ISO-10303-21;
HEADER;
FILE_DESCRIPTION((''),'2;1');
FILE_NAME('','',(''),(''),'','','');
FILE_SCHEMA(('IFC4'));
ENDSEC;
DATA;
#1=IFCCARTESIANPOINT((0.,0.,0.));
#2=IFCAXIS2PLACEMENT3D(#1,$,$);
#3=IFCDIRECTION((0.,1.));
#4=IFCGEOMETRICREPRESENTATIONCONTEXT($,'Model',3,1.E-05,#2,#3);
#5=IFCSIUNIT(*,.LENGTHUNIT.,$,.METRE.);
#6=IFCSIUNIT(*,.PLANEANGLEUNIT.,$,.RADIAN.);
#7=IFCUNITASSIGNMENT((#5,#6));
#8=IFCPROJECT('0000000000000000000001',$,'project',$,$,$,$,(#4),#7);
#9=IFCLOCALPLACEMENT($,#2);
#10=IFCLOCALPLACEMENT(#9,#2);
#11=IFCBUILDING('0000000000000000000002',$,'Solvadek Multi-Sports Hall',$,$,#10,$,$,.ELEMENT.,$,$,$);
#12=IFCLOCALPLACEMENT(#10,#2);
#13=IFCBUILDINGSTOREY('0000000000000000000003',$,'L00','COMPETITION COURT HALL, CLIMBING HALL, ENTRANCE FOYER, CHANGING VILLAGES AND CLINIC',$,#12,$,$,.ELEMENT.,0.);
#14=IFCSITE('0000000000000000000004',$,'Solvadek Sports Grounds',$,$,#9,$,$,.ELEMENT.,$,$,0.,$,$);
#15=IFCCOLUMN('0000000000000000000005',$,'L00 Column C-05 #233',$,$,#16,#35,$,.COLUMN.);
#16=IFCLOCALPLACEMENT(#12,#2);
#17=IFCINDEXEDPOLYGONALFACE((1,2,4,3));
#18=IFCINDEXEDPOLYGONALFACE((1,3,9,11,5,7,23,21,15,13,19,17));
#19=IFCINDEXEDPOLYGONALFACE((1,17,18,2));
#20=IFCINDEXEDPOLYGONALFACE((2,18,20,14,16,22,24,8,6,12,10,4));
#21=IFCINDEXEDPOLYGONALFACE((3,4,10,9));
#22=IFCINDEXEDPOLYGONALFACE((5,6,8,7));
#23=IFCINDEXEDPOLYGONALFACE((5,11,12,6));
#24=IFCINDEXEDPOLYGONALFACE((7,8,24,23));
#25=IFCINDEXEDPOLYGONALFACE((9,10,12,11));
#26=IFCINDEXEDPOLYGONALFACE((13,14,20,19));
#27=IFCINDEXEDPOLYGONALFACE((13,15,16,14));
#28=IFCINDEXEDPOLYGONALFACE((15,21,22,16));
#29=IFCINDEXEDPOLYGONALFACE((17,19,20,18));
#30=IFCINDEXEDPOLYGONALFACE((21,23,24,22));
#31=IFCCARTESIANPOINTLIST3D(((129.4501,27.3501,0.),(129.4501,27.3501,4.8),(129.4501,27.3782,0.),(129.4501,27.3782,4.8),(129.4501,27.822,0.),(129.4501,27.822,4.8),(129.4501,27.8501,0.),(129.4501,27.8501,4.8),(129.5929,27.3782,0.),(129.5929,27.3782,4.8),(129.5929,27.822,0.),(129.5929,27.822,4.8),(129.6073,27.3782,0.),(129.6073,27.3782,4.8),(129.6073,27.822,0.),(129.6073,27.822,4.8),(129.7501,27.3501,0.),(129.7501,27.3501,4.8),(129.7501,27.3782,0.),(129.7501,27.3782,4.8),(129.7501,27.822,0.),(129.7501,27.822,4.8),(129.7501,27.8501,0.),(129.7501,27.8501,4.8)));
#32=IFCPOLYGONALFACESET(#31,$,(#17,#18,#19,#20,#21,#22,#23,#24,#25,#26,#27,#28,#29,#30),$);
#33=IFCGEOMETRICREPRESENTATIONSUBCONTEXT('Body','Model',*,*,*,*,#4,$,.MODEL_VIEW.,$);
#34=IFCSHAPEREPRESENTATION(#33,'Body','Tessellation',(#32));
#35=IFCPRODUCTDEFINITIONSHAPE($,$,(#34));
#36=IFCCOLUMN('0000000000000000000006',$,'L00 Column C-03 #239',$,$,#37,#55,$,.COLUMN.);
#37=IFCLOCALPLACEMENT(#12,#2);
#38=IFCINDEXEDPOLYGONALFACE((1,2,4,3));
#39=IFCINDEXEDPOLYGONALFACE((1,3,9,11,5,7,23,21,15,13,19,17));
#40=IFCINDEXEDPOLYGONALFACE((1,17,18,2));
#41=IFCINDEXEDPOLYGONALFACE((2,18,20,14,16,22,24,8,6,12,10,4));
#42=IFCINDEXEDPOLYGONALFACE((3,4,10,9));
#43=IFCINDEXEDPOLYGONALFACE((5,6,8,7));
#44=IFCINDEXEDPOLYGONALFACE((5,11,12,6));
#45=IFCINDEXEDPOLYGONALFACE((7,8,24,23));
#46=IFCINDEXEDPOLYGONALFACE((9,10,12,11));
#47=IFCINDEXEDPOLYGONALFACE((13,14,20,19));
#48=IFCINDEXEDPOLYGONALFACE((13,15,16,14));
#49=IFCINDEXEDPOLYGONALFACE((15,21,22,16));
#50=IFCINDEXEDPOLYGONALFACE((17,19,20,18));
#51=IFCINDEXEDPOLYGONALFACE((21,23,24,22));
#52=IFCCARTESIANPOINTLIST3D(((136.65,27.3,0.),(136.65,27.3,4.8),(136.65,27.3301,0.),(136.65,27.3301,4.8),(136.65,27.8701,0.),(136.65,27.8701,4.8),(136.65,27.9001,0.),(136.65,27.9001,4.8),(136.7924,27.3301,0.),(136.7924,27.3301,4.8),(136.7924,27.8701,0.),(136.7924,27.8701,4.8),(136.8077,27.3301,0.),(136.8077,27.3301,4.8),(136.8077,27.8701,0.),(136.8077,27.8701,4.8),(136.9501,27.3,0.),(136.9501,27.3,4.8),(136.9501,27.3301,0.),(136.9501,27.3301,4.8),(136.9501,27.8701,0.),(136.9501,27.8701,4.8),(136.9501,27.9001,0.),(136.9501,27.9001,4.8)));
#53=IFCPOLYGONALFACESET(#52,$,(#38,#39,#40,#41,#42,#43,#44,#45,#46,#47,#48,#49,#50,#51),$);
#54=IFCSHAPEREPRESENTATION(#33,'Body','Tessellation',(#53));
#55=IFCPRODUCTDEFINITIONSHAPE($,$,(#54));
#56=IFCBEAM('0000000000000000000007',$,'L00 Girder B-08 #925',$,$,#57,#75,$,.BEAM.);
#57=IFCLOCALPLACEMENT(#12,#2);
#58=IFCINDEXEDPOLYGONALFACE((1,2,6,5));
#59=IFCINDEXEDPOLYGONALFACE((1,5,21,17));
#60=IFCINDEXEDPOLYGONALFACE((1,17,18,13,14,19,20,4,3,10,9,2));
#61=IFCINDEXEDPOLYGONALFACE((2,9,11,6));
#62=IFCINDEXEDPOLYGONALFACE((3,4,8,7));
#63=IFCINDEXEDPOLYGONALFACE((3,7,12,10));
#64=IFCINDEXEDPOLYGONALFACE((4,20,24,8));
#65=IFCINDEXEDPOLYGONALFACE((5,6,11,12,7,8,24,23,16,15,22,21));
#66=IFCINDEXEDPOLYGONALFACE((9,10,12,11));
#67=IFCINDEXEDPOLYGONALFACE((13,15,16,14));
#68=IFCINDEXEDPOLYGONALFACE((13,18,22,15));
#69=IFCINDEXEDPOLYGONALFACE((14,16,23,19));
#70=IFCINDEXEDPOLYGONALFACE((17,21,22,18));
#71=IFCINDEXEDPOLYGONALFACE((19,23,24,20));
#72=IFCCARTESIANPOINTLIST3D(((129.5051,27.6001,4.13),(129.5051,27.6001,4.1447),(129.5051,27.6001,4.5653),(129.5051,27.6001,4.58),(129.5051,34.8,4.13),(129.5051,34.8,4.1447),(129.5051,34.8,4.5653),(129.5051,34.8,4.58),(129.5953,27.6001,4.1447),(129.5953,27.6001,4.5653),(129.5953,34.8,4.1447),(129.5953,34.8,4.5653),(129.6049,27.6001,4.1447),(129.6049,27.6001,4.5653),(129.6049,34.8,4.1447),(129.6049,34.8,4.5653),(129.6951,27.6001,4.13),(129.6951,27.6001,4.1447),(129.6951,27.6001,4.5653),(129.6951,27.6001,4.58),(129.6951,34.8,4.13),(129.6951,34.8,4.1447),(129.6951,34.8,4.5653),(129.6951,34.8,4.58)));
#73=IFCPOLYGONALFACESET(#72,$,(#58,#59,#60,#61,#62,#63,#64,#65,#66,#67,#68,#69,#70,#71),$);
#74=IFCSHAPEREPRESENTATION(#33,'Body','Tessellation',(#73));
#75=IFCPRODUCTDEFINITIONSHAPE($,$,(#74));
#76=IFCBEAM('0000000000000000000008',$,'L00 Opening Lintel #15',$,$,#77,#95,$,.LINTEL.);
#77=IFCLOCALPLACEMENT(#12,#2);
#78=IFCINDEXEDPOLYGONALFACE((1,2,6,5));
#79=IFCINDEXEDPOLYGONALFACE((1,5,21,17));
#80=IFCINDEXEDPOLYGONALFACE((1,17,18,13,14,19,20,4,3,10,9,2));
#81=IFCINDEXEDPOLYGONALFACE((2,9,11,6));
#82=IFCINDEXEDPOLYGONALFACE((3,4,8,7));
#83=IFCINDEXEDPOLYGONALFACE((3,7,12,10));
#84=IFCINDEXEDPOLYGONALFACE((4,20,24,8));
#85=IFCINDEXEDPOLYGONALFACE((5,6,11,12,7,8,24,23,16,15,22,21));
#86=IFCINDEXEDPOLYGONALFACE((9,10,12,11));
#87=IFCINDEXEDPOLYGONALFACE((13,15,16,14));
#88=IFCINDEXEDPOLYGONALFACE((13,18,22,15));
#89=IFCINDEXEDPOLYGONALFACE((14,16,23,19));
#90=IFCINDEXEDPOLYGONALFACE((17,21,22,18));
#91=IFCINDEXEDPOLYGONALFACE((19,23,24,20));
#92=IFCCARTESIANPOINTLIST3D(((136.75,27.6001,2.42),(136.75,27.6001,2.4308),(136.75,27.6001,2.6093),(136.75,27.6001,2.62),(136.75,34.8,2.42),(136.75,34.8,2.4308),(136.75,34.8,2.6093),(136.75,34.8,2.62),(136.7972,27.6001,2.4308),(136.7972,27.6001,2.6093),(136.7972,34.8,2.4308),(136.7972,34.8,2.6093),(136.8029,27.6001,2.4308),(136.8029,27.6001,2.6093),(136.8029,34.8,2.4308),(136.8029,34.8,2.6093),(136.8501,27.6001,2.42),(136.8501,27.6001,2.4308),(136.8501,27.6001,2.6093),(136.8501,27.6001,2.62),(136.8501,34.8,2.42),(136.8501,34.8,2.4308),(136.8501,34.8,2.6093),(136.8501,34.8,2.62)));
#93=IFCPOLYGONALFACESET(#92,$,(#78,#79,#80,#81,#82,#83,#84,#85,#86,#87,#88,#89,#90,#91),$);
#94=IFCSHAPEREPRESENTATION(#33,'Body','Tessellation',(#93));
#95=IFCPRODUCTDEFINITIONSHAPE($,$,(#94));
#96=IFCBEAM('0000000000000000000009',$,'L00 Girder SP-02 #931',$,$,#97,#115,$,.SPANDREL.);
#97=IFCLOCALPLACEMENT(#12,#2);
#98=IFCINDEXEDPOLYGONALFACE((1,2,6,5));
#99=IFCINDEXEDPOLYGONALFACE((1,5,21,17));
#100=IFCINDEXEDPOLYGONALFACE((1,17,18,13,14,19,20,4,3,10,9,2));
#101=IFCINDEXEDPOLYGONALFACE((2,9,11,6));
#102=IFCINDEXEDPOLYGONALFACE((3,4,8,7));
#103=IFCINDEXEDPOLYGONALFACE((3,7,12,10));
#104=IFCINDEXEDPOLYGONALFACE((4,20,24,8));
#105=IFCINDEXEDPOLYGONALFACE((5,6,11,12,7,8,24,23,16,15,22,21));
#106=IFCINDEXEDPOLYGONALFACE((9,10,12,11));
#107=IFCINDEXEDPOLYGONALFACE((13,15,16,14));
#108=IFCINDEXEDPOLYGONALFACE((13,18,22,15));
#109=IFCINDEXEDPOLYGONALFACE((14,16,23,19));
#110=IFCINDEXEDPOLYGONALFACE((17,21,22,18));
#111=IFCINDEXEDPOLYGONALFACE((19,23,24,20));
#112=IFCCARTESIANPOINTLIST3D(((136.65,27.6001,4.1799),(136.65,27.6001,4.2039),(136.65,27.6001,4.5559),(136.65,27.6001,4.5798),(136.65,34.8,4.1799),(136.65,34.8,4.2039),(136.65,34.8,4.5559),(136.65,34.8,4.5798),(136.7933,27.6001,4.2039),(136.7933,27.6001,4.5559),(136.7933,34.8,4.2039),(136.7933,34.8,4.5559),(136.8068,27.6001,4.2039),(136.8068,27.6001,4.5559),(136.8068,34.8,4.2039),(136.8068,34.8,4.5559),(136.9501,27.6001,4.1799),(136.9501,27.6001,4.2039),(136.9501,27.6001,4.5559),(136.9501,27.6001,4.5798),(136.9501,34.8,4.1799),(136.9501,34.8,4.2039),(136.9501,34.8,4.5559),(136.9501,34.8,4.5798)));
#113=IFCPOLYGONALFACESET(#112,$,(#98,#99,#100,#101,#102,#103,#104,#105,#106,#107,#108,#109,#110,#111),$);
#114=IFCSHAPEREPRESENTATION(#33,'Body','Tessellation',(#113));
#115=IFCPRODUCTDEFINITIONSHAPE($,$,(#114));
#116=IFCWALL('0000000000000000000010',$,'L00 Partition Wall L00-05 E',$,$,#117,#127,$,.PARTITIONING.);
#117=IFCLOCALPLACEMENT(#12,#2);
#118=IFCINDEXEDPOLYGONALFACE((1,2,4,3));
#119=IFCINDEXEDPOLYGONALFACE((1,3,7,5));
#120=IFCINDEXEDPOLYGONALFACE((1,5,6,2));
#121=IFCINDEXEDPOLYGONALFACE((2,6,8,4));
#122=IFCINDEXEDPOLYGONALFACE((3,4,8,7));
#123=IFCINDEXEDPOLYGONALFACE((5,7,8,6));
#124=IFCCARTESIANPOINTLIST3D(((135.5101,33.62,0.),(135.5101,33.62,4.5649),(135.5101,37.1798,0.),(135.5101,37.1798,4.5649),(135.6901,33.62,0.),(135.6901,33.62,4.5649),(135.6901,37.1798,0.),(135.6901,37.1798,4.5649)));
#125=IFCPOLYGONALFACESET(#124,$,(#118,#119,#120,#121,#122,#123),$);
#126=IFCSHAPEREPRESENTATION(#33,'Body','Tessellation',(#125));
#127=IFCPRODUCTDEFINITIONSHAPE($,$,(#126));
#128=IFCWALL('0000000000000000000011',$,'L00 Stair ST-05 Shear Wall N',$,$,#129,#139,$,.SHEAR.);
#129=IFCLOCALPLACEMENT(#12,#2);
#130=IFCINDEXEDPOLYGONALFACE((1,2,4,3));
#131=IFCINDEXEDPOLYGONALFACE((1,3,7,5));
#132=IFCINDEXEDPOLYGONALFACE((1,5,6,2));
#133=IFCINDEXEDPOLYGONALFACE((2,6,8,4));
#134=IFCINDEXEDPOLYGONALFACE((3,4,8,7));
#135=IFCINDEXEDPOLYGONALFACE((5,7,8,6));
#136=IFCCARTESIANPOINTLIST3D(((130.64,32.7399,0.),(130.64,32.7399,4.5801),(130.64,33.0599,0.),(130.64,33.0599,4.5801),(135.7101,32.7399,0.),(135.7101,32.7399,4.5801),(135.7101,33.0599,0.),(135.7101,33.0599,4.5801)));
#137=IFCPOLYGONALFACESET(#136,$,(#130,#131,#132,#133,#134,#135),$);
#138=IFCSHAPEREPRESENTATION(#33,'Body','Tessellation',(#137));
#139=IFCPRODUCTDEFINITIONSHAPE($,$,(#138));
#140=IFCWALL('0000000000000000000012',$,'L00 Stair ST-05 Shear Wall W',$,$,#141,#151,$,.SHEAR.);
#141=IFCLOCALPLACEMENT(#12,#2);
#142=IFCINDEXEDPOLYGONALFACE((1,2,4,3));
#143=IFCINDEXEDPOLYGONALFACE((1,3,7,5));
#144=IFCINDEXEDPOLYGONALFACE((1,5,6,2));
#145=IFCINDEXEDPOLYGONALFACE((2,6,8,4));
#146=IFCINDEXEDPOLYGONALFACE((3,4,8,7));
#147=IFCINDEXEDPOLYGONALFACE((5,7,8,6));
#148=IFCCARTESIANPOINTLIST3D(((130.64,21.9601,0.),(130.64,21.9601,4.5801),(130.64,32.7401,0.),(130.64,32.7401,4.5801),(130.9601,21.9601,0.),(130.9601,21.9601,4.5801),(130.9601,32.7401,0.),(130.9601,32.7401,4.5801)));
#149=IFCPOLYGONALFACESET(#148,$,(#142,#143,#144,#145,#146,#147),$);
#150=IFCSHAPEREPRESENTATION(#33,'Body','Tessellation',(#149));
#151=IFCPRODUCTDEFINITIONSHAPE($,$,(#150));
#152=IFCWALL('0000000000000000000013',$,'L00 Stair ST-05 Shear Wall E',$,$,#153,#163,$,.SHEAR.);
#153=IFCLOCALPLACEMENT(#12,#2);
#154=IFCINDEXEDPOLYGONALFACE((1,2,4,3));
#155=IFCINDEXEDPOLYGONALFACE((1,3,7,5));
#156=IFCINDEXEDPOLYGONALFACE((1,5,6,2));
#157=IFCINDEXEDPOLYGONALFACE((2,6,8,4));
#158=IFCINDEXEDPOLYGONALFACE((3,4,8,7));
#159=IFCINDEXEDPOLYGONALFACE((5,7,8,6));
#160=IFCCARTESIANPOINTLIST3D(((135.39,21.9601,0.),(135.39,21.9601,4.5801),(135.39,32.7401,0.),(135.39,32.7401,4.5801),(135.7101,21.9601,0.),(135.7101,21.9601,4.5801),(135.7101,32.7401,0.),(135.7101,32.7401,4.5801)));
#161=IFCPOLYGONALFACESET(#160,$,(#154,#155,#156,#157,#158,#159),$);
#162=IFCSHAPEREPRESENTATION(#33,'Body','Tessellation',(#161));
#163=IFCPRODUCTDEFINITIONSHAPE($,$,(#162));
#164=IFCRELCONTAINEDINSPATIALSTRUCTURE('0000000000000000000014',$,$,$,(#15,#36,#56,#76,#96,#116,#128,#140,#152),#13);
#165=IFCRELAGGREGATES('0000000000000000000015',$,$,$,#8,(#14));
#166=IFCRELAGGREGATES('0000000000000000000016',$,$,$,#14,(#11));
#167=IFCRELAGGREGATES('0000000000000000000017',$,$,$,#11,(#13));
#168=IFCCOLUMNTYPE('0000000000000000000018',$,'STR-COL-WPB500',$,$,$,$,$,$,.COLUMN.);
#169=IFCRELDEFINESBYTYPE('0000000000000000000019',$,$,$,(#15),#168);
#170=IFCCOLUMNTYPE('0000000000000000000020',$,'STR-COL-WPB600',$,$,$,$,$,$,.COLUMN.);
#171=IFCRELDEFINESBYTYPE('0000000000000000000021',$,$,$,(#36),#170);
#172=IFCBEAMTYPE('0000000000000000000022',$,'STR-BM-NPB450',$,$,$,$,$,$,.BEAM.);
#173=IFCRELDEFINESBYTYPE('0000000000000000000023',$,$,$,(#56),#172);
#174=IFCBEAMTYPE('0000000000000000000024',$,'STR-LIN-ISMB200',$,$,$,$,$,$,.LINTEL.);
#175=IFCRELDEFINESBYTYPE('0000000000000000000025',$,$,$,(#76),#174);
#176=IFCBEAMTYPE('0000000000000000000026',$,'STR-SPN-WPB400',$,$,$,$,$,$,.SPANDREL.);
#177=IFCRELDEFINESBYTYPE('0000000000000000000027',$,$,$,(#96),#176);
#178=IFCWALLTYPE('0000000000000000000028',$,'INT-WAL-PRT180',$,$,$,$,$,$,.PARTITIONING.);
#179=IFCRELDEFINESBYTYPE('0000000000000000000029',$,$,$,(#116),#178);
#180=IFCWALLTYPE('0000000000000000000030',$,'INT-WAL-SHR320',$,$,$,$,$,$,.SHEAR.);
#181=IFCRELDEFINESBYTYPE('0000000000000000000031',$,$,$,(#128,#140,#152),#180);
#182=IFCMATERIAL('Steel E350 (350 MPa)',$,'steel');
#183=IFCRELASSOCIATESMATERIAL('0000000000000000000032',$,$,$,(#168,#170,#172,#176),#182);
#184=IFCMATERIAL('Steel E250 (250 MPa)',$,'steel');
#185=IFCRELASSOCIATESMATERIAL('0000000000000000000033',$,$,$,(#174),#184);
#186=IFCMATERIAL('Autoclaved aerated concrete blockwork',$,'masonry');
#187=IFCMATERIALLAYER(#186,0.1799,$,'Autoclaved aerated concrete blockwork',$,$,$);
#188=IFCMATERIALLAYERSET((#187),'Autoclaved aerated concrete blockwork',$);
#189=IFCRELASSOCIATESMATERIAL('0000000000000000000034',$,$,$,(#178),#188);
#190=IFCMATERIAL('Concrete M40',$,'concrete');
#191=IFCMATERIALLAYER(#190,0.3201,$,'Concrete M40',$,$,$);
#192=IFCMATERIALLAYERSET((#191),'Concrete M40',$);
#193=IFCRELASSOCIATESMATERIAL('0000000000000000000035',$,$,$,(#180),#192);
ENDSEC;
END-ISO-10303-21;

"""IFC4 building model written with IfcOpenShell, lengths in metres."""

from ifc_helpers import new_model, si_unit, direction, frame, frame_2d, origin, origin_2d, place, context, subcontext, project, spatial, rectangle, i_section, extrude, material, layer, layer_set, material_profile, profile_set, type_object, element, save


model = new_model("IFC4")

# Units and contexts
model_context = context("Model", 3, precision=1e-05, world=origin(), true_north=direction((0.0, 1.0)))
body_context = subcontext(model_context, "Body", "Model", "MODEL_VIEW")
ifc_project = project(units=[si_unit("LENGTHUNIT", "METRE"), si_unit("PLANEANGLEUNIT", "RADIAN")], contexts=[model_context])

# Site, building, storey
site_placement = place(None, origin())
site = spatial("IfcSite", under=ifc_project, at=site_placement, Name="Solvadek Sports Grounds", CompositionType="ELEMENT", RefElevation=0.0)
building_placement = place(site_placement, origin())
building = spatial("IfcBuilding", under=site, at=building_placement, Name="Solvadek Multi-Sports Hall", CompositionType="ELEMENT")
storey_placement = place(building_placement, origin())
storey = spatial("IfcBuildingStorey", under=building, at=storey_placement, Name="L00", Description="COMPETITION COURT HALL, CLIMBING HALL, ENTRANCE FOYER, CHANGING VILLAGES AND CLINIC", CompositionType="ELEMENT", Elevation=0.0)

# Columns
ifc_material_1 = material(Name="Steel E350 (350 MPa)", Category="steel")
ifc_material_profile_1 = material_profile(ifc_material_1, i_section(OverallWidth=0.3, OverallDepth=0.5, WebThickness=0.0144, FlangeThickness=0.0281, at=origin_2d()), Name="WPB 500")
ifc_profile_set_1 = profile_set([ifc_material_profile_1], Name="Steel E350 (350 MPa)")
column_type_1 = type_object("IfcColumnType", Name="STR-COL-WPB500", PredefinedType="COLUMN", material=ifc_profile_set_1)
column_1_placement = place(storey_placement, frame((129.6001, 27.6001, 0.0), z_axis=(0.0, 0.0, 1.0), x_axis=(1.0, 0.0, 0.0)))
element("IfcColumn", 1, at=column_1_placement, inside=storey, type_object=column_type_1, Name="L00 Column C-05 #233", PredefinedType="COLUMN", context=body_context, shape_type="SweptSolid", body=[
    extrude(i_section(OverallWidth=0.3, OverallDepth=0.5, WebThickness=0.0144, FlangeThickness=0.0281, at=origin_2d()), origin(), (0.0, 0.0, 1.0), 4.8),
])
ifc_material_profile_2 = material_profile(ifc_material_1, i_section(OverallWidth=0.3, OverallDepth=0.6001, WebThickness=0.0154, FlangeThickness=0.03, at=origin_2d()), Name="WPB 600")
ifc_profile_set_2 = profile_set([ifc_material_profile_2], Name="Steel E350 (350 MPa)")
column_type_2 = type_object("IfcColumnType", Name="STR-COL-WPB600", PredefinedType="COLUMN", material=ifc_profile_set_2)
column_2_placement = place(storey_placement, frame((136.8, 27.6001, 0.0), z_axis=(0.0, 0.0, 1.0), x_axis=(1.0, 0.0, 0.0)))
element("IfcColumn", 2, at=column_2_placement, inside=storey, type_object=column_type_2, Name="L00 Column C-03 #239", PredefinedType="COLUMN", context=body_context, shape_type="SweptSolid", body=[
    extrude(i_section(OverallWidth=0.3, OverallDepth=0.6001, WebThickness=0.0154, FlangeThickness=0.03, at=origin_2d()), origin(), (0.0, 0.0, 1.0), 4.8),
])

# Beams
ifc_material_profile_3 = material_profile(ifc_material_1, i_section(OverallWidth=0.1899, OverallDepth=0.45, WebThickness=0.0095, FlangeThickness=0.0146, at=origin_2d()), Name="NPB 450")
ifc_profile_set_3 = profile_set([ifc_material_profile_3], Name="Steel E350 (350 MPa)")
beam_type_1 = type_object("IfcBeamType", Name="STR-BM-NPB450", PredefinedType="BEAM", material=ifc_profile_set_3)
beam_1_placement = place(storey_placement, frame((129.6001, 27.6001, 4.355), z_axis=(0.0, 1.0, 0.0), x_axis=(-1.0, 0.0, 0.0)))
element("IfcBeam", 3, at=beam_1_placement, inside=storey, type_object=beam_type_1, Name="L00 Girder B-08 #925", PredefinedType="BEAM", context=body_context, shape_type="SweptSolid", body=[
    extrude(i_section(OverallWidth=0.1899, OverallDepth=0.45, WebThickness=0.0095, FlangeThickness=0.0146, at=origin_2d()), origin(), (0.0, 0.0, 1.0), 7.2),
])
ifc_material_2 = material(Name="Steel E250 (250 MPa)", Category="steel")
ifc_material_profile_4 = material_profile(ifc_material_2, i_section(OverallWidth=0.1001, OverallDepth=0.2, WebThickness=0.0056, FlangeThickness=0.0107, at=origin_2d()), Name="ISMB 200")
ifc_profile_set_4 = profile_set([ifc_material_profile_4], Name="Steel E250 (250 MPa)")
beam_type_2 = type_object("IfcBeamType", Name="STR-LIN-ISMB200", PredefinedType="LINTEL", material=ifc_profile_set_4)
beam_2_placement = place(storey_placement, frame((136.8, 27.6001, 2.52), z_axis=(0.0, 1.0, 0.0), x_axis=(-1.0, 0.0, 0.0)))
element("IfcBeam", 4, at=beam_2_placement, inside=storey, type_object=beam_type_2, Name="L00 Opening Lintel #15", PredefinedType="LINTEL", context=body_context, shape_type="SweptSolid", body=[
    extrude(i_section(OverallWidth=0.1001, OverallDepth=0.2, WebThickness=0.0056, FlangeThickness=0.0107, at=origin_2d()), origin(), (0.0, 0.0, 1.0), 7.2),
])
ifc_material_profile_5 = material_profile(ifc_material_1, i_section(OverallWidth=0.3, OverallDepth=0.3999, WebThickness=0.0134, FlangeThickness=0.0239, at=origin_2d()), Name="WPB 400")
ifc_profile_set_5 = profile_set([ifc_material_profile_5], Name="Steel E350 (350 MPa)")
beam_type_3 = type_object("IfcBeamType", Name="STR-SPN-WPB400", PredefinedType="SPANDREL", material=ifc_profile_set_5)
beam_3_placement = place(storey_placement, frame((136.8, 27.6001, 4.3799), z_axis=(0.0, 1.0, 0.0), x_axis=(-1.0, 0.0, 0.0)))
element("IfcBeam", 5, at=beam_3_placement, inside=storey, type_object=beam_type_3, Name="L00 Girder SP-02 #931", PredefinedType="SPANDREL", context=body_context, shape_type="SweptSolid", body=[
    extrude(i_section(OverallWidth=0.3, OverallDepth=0.3999, WebThickness=0.0134, FlangeThickness=0.0239, at=origin_2d()), origin(), (0.0, 0.0, 1.0), 7.2),
])

# Shared definitions
ifc_material_3 = material(Name="Autoclaved aerated concrete blockwork", Category="masonry")
ifc_layer_1 = layer(ifc_material_3, 0.1799, Name="Autoclaved aerated concrete blockwork")
ifc_layer_set_1 = layer_set([ifc_layer_1], Name="Autoclaved aerated concrete blockwork")
wall_type_1 = type_object("IfcWallType", Name="INT-WAL-PRT180", PredefinedType="PARTITIONING", material=ifc_layer_set_1)

# Wall
wall_1_placement = place(storey_placement, frame((135.6001, 33.6201, 0.0), z_axis=(0.0, 0.0, 1.0), x_axis=(0.0, 1.0, 0.0)))
element("IfcWall", 6, at=wall_1_placement, inside=storey, type_object=wall_type_1, Name="L00 Partition Wall L00-05 E", PredefinedType="PARTITIONING", context=body_context, shape_type="SweptSolid", body=[
    extrude(rectangle(XDim=3.5598, YDim=0.1799, at=frame_2d((1.7798, 0.0))), origin(), (0.0, 0.0, 1.0), 4.5649),
])

# Shared definitions
ifc_material_4 = material(Name="Concrete M40", Category="concrete")
ifc_layer_2 = layer(ifc_material_4, 0.3201, Name="Concrete M40")
ifc_layer_set_2 = layer_set([ifc_layer_2], Name="Concrete M40")
wall_type_2 = type_object("IfcWallType", Name="INT-WAL-SHR320", PredefinedType="SHEAR", material=ifc_layer_set_2)

# Walls
wall_2_placement = place(storey_placement, frame((130.6399, 32.8999, 0.0), z_axis=(0.0, 0.0, 1.0), x_axis=(1.0, 0.0, 0.0)))
element("IfcWall", 7, at=wall_2_placement, inside=storey, type_object=wall_type_2, Name="L00 Stair ST-05 Shear Wall N", PredefinedType="SHEAR", context=body_context, shape_type="SweptSolid", body=[
    extrude(rectangle(XDim=5.0701, YDim=0.3201, at=frame_2d((2.5352, 0.0))), origin(), (0.0, 0.0, 1.0), 4.5801),
])
for number, where, z_axis, x_axis, name in (
    (8, (130.8, 21.96, 0.0), (0.0, 0.0, 1.0), (0.0, 1.0, 0.0), "L00 Stair ST-05 Shear Wall W"),
    (9, (135.55, 21.96, 0.0), (0.0, 0.0, 1.0), (0.0, 1.0, 0.0), "L00 Stair ST-05 Shear Wall E"),
):
    element("IfcWall", number, at=place(storey_placement, frame(where, z_axis=z_axis, x_axis=x_axis)), inside=storey, type_object=wall_type_2, Name=name, PredefinedType="SHEAR", context=body_context, shape_type="SweptSolid", body=[
        extrude(rectangle(XDim=10.78, YDim=0.3201, at=frame_2d((5.3901, 0.0))), origin(), (0.0, 0.0, 1.0), 4.5801),
    ])

save(model, "model.ifc")
